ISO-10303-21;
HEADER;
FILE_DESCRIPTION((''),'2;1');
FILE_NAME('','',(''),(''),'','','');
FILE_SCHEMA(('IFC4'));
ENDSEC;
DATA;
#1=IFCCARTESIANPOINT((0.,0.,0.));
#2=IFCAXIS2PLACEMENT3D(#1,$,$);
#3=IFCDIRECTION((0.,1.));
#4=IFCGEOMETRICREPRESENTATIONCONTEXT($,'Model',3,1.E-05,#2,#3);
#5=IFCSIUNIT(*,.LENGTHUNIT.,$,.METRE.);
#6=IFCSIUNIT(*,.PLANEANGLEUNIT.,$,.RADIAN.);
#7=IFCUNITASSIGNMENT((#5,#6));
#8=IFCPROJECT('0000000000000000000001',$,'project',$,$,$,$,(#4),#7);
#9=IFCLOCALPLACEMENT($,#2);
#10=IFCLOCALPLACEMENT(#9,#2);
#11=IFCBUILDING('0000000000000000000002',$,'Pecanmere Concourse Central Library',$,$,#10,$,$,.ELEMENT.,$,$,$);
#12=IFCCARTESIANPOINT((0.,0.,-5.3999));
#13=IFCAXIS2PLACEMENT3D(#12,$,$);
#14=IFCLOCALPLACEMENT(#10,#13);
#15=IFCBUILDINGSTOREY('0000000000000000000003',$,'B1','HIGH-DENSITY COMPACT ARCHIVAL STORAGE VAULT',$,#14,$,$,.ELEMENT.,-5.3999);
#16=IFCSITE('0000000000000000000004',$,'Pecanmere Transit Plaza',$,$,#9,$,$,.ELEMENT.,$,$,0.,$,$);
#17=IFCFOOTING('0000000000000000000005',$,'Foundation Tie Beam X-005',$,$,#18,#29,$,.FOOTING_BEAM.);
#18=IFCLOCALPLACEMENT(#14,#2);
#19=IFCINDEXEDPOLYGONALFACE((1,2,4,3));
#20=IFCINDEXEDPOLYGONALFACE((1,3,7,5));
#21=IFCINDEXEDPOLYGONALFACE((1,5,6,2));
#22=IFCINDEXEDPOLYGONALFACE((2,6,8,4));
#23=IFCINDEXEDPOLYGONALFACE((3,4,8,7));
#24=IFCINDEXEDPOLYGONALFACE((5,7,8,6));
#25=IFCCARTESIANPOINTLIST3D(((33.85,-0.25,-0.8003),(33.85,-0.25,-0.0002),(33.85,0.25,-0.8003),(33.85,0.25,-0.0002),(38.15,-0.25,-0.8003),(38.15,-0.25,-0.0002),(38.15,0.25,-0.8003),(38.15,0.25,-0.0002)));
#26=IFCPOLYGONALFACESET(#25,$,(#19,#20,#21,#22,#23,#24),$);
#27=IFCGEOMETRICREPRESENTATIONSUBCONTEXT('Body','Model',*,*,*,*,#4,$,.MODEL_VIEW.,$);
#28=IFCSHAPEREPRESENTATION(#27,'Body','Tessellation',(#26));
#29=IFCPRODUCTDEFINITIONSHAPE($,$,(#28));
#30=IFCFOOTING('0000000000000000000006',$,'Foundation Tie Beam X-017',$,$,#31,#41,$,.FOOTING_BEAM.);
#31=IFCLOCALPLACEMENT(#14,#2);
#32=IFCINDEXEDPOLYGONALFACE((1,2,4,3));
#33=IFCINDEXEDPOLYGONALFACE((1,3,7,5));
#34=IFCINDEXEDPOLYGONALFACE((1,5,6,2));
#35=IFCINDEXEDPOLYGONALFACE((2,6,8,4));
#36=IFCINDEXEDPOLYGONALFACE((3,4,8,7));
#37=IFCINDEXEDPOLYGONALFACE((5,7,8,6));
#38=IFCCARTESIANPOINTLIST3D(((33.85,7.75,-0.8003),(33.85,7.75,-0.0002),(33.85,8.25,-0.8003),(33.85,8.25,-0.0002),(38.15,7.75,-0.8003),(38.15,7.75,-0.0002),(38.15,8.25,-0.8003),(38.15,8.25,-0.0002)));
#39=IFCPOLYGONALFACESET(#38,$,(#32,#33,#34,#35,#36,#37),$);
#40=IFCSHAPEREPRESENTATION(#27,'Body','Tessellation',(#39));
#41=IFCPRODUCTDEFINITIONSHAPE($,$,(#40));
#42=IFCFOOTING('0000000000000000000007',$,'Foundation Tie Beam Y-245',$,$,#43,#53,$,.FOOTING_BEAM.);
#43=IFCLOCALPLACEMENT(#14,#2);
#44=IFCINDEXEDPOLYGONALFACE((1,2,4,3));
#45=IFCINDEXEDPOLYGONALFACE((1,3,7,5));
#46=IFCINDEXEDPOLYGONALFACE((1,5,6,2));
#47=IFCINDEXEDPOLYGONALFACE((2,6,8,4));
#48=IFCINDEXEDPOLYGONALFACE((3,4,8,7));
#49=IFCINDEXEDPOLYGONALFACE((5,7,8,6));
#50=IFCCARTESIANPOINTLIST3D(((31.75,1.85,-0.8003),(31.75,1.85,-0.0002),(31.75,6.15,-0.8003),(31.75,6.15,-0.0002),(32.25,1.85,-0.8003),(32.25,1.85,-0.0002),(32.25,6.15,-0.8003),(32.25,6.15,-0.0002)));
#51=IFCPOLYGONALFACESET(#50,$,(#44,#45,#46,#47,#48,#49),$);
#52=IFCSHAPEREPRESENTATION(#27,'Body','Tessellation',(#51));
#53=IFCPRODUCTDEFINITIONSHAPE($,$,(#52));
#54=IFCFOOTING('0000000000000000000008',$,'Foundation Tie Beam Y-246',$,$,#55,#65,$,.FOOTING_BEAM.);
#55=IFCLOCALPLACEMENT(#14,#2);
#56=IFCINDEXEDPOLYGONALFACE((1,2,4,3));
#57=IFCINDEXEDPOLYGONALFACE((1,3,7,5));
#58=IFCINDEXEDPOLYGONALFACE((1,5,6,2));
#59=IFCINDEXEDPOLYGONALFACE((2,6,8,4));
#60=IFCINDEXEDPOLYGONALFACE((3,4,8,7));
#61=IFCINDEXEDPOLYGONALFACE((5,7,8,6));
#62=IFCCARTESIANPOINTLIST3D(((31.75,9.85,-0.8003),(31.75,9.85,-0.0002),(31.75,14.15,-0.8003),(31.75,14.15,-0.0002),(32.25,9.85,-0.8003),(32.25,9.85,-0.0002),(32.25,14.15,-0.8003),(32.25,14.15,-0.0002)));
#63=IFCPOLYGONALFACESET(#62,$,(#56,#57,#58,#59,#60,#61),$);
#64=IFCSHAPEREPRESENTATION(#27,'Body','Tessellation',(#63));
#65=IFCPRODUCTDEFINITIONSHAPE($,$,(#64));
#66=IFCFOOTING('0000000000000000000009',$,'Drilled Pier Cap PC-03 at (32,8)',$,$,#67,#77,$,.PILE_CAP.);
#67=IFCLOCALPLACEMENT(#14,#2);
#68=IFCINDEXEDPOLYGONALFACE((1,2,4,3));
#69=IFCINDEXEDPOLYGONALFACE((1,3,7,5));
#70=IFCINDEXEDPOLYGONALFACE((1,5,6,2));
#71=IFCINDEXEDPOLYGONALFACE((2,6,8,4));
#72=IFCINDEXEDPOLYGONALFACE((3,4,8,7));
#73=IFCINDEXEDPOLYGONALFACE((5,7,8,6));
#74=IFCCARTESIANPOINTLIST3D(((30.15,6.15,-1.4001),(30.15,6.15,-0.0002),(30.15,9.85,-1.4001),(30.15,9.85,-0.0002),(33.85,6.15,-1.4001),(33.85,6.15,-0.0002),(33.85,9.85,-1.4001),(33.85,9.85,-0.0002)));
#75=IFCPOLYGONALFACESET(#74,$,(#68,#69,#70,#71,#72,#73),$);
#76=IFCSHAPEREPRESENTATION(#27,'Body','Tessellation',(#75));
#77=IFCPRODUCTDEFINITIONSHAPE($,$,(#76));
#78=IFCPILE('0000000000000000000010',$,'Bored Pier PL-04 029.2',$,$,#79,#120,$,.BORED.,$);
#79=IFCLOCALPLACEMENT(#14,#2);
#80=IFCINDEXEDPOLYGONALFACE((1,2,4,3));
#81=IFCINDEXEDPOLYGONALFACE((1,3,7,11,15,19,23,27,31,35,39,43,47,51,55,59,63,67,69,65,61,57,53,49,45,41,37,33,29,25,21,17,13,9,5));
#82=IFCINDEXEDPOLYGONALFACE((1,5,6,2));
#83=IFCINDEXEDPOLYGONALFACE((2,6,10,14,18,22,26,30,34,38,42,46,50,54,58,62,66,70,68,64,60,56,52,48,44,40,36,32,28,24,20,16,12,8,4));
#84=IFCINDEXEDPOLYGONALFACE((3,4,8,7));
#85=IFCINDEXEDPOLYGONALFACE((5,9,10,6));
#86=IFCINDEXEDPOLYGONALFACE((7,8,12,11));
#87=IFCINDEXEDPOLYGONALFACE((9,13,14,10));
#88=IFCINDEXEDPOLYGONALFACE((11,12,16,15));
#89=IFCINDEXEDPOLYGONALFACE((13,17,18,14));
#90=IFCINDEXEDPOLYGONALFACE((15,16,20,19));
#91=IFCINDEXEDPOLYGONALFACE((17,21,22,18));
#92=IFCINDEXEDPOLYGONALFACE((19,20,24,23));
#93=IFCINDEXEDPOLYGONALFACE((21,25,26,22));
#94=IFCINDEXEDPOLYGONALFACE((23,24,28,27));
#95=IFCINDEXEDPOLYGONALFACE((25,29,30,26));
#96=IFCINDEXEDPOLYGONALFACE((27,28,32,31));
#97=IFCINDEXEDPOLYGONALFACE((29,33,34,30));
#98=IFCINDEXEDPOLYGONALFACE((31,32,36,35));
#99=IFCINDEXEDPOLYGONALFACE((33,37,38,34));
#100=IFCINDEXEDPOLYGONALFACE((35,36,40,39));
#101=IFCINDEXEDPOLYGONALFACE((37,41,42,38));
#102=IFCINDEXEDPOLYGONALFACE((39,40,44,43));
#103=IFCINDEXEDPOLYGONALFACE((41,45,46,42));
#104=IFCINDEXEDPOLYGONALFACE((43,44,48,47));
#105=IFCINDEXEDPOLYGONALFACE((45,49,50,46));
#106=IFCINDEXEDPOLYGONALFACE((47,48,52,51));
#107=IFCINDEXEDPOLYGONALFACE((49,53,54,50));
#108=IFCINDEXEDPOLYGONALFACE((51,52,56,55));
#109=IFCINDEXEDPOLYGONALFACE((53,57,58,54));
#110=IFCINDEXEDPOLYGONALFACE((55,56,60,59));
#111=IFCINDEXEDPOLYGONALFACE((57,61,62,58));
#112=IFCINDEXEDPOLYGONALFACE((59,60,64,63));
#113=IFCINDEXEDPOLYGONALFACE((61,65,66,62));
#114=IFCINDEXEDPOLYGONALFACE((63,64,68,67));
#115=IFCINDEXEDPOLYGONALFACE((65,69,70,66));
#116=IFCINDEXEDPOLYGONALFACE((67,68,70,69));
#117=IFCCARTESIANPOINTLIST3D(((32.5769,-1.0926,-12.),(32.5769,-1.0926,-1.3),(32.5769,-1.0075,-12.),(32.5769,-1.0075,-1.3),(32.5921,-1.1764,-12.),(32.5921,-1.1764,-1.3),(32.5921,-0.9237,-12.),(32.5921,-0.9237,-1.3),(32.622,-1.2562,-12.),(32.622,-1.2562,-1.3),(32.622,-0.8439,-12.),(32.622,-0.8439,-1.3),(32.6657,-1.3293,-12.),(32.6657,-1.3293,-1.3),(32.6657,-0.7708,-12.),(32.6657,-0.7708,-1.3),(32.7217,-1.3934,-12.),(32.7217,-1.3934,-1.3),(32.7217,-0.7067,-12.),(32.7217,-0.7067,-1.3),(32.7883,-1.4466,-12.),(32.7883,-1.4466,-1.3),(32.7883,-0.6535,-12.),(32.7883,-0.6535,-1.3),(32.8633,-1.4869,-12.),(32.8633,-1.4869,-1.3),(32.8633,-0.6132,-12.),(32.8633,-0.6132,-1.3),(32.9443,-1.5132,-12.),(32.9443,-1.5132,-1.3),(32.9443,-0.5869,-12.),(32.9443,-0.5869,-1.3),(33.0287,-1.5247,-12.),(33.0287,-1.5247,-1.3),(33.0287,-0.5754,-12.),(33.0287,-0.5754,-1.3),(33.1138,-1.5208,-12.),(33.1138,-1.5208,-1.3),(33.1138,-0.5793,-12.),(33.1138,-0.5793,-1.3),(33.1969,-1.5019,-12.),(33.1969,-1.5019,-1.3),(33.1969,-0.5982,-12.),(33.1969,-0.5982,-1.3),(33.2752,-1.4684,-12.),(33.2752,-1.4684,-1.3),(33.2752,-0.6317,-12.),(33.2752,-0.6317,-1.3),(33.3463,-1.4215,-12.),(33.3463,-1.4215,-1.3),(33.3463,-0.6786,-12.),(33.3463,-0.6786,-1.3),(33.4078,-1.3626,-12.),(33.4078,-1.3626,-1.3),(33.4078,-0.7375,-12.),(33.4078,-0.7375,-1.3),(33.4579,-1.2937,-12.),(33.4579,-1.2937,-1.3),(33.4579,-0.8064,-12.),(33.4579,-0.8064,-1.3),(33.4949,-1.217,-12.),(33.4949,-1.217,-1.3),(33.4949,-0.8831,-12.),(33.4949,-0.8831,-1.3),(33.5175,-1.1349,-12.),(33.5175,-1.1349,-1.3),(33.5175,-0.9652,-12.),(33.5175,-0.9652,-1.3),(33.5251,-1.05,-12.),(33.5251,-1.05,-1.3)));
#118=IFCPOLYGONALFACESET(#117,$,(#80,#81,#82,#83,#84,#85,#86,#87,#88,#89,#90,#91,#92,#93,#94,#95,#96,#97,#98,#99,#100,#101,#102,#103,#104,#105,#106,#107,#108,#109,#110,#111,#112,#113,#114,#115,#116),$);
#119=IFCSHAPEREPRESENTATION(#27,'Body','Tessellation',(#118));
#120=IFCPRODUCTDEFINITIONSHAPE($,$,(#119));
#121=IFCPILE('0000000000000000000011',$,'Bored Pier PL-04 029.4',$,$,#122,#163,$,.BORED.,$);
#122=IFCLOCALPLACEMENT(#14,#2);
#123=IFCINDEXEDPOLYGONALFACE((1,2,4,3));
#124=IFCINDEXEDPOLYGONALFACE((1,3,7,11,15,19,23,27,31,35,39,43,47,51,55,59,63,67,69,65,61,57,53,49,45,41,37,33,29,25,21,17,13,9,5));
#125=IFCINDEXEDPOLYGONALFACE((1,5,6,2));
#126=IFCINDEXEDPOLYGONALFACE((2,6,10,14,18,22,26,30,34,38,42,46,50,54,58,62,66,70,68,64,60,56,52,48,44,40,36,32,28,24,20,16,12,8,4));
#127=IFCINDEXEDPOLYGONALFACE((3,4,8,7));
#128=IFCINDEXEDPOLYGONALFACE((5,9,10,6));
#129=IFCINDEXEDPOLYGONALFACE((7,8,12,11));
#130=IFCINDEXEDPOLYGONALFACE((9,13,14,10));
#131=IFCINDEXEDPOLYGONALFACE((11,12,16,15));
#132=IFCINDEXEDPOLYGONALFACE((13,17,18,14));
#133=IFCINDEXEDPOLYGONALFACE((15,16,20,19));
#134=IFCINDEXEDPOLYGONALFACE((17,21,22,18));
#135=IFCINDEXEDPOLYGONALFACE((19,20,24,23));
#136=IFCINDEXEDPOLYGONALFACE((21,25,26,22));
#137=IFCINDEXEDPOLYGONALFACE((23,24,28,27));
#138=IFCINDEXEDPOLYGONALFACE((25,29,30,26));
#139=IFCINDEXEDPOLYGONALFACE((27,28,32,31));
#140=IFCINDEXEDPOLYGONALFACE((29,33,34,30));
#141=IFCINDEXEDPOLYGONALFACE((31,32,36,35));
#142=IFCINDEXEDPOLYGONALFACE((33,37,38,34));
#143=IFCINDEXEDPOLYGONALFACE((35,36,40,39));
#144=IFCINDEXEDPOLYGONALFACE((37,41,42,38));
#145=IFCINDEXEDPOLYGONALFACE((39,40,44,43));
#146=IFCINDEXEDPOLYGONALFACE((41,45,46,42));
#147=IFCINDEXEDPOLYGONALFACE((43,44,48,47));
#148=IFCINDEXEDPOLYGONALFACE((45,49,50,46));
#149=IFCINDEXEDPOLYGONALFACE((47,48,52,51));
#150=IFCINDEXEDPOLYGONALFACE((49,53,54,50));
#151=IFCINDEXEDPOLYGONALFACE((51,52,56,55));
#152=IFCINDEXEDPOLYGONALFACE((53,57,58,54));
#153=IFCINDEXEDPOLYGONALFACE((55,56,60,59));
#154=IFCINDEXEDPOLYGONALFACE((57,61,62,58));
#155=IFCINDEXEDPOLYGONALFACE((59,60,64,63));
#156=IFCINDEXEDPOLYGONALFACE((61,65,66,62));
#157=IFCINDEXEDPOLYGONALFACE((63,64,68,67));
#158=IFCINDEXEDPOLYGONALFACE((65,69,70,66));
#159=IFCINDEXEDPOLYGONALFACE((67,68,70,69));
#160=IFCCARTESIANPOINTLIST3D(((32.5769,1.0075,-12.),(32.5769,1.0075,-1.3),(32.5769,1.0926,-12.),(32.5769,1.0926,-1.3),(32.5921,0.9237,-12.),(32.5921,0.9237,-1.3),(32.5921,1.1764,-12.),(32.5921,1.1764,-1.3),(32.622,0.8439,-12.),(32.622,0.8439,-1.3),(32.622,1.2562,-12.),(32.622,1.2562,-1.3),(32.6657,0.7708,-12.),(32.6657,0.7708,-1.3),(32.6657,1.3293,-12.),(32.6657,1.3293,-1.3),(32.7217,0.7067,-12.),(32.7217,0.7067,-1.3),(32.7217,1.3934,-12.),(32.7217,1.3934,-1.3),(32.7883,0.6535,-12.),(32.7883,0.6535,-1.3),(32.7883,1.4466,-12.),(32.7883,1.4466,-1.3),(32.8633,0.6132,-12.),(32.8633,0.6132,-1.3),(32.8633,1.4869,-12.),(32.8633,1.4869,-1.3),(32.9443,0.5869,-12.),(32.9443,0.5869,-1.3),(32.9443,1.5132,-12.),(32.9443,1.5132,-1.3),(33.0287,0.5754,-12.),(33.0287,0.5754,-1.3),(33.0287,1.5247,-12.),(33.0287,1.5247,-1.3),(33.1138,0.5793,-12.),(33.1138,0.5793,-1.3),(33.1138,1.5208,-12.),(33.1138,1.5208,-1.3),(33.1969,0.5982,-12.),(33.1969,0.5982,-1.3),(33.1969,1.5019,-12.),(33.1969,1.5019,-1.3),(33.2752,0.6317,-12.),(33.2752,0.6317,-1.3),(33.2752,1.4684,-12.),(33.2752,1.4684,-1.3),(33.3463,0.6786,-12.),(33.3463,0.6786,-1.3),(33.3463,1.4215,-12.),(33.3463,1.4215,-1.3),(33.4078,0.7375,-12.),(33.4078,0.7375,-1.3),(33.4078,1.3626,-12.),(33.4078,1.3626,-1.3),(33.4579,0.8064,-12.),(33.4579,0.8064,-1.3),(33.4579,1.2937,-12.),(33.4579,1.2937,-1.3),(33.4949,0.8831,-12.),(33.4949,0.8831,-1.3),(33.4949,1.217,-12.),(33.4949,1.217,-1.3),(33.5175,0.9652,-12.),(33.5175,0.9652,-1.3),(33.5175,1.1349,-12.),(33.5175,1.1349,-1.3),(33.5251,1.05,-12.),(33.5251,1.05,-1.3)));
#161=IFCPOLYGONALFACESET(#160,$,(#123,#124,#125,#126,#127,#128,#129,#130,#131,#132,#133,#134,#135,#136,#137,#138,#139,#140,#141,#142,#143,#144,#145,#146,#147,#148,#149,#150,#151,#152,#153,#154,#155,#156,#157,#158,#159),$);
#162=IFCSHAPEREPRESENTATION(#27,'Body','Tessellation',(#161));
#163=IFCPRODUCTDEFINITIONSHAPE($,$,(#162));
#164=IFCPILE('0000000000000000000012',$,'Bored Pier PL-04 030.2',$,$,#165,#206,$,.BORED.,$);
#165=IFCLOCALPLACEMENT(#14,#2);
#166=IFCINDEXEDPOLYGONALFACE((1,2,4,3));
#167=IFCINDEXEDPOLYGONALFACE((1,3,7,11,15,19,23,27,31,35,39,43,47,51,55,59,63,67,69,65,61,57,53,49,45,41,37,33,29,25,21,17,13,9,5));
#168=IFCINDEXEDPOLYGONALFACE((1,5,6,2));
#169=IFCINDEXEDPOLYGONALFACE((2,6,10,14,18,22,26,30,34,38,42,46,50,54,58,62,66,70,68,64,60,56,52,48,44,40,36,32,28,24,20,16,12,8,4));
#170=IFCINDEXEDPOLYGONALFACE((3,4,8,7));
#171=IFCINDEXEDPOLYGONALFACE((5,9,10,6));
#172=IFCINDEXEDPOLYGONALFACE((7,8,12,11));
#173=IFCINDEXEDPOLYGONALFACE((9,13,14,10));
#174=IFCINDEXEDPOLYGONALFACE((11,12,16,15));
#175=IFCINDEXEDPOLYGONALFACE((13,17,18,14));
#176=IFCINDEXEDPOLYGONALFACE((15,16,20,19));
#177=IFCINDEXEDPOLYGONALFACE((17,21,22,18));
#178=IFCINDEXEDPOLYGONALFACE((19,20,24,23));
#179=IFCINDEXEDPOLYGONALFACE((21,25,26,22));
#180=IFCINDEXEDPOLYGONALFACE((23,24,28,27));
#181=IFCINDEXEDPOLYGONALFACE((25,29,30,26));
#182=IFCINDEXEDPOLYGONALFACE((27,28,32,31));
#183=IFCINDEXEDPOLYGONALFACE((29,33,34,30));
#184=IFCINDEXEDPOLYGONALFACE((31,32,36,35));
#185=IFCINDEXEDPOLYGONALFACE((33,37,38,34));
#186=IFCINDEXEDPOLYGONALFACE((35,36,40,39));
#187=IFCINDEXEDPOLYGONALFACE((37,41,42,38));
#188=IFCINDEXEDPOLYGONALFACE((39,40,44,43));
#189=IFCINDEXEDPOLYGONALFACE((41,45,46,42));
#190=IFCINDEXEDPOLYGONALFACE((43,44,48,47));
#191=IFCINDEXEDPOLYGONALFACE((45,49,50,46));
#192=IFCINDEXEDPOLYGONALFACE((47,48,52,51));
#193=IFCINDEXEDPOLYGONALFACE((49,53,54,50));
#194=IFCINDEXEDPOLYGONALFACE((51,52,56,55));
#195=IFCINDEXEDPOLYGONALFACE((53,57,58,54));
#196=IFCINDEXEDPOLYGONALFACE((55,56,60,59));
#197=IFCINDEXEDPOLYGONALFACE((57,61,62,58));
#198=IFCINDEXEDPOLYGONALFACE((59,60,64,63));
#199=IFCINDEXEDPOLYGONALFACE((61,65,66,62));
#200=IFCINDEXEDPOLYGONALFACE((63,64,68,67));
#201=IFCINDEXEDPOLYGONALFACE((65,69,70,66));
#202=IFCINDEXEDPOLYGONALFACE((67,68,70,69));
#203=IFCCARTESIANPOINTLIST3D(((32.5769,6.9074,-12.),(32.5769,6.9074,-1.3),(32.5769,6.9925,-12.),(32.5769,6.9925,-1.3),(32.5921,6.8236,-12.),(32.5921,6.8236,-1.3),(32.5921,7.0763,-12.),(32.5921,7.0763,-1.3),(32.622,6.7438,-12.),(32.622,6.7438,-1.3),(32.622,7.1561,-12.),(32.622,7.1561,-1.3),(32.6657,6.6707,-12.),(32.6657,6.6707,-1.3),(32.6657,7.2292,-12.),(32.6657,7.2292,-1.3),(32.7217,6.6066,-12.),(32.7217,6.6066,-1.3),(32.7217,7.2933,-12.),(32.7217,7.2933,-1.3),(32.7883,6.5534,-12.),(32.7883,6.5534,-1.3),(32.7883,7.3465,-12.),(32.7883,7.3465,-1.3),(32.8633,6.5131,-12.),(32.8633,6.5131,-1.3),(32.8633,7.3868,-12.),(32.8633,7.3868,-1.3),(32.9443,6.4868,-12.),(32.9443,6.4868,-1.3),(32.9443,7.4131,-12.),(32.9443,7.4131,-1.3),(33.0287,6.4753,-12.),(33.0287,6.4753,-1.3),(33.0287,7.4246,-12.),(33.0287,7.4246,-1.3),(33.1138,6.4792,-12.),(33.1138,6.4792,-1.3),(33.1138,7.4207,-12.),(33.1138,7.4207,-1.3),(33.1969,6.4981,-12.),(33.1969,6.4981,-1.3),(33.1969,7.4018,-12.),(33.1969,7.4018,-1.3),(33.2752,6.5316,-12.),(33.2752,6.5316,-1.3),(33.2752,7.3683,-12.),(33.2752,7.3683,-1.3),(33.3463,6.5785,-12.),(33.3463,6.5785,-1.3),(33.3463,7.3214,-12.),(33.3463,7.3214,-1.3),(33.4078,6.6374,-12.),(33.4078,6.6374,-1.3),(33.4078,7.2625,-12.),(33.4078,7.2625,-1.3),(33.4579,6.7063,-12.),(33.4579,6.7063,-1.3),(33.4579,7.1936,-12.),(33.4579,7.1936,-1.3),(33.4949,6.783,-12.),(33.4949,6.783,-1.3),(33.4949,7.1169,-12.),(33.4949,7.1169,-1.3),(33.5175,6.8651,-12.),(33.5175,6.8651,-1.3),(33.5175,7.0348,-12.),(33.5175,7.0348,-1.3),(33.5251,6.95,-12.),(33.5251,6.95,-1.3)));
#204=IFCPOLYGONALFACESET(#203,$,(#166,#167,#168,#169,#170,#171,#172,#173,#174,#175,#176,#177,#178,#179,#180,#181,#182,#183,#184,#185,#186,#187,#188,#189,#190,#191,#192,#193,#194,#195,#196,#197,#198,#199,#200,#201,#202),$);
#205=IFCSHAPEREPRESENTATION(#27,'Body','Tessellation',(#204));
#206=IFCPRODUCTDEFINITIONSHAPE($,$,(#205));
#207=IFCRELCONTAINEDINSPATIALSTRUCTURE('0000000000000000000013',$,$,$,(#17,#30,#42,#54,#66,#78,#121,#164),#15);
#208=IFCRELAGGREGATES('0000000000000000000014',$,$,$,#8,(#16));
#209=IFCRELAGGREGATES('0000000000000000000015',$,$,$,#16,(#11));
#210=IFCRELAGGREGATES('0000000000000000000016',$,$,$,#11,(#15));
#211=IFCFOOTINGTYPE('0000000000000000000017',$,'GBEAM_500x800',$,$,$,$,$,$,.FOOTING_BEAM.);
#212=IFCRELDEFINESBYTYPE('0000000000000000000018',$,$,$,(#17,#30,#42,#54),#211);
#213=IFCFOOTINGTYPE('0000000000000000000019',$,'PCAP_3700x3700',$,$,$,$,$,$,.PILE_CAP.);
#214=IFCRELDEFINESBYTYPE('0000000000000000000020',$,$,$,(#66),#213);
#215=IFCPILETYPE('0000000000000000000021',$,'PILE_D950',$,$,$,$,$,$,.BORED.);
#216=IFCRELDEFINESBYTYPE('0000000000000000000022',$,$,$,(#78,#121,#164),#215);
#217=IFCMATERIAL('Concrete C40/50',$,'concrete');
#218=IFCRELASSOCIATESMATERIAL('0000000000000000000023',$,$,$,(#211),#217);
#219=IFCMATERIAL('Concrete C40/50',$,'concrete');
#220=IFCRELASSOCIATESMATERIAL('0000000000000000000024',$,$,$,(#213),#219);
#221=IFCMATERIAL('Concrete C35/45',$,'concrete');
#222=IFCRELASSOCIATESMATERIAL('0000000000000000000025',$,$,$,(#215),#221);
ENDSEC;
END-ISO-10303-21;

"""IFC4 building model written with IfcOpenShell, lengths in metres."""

from ifc_helpers import new_model, si_unit, direction, frame, origin, origin_2d, place, context, subcontext, project, spatial, rectangle, circle, extrude, material, material_profile, profile_set, type_object, element, save


model = new_model("IFC4")

# Units and contexts
model_context = context("Model", 3, precision=1e-05, world=origin(), true_north=direction((0.0, 1.0)))
body_context = subcontext(model_context, "Body", "Model", "MODEL_VIEW")
ifc_project = project(units=[si_unit("LENGTHUNIT", "METRE"), si_unit("PLANEANGLEUNIT", "RADIAN")], contexts=[model_context])

# Site, building, storey
site_placement = place(None, origin())
site = spatial("IfcSite", under=ifc_project, at=site_placement, Name="Pecanmere Transit Plaza", CompositionType="ELEMENT", RefElevation=0.0)
building_placement = place(site_placement, origin())
building = spatial("IfcBuilding", under=site, at=building_placement, Name="Pecanmere Concourse Central Library", CompositionType="ELEMENT")
storey_placement = place(building_placement, frame((0.0, 0.0, -5.3999)))
storey = spatial("IfcBuildingStorey", under=building, at=storey_placement, Name="B1", Description="HIGH-DENSITY COMPACT ARCHIVAL STORAGE VAULT", CompositionType="ELEMENT", Elevation=-5.3999)

# Footings
ifc_material_1 = material(Name="Concrete C40/50", Category="concrete")
ifc_material_profile_1 = material_profile(ifc_material_1, rectangle(XDim=0.5, YDim=0.8, at=origin_2d()), Name="RC 500x800")
ifc_profile_set_1 = profile_set([ifc_material_profile_1], Name="Concrete C40/50")
footing_type_1 = type_object("IfcFootingType", Name="GBEAM_500x800", PredefinedType="FOOTING_BEAM", material=ifc_profile_set_1)
for number, where, z_axis, x_axis, name in (
    (1, (36.0, 0.0, -0.8003), (0.0, 0.0, 1.0), (1.0, 0.0, 0.0), "Foundation Tie Beam X-005"),
    (2, (36.0, 8.0, -0.8003), (0.0, 0.0, 1.0), (1.0, 0.0, 0.0), "Foundation Tie Beam X-017"),
    (3, (32.0, 4.0, -0.8003), (0.0, 0.0, 1.0), (0.0, 1.0, 0.0), "Foundation Tie Beam Y-245"),
    (4, (32.0, 12.0, -0.8003), (0.0, 0.0, 1.0), (0.0, 1.0, 0.0), "Foundation Tie Beam Y-246"),
):
    element("IfcFooting", number, at=place(storey_placement, frame(where, z_axis=z_axis, x_axis=x_axis)), inside=storey, type_object=footing_type_1, Name=name, PredefinedType="FOOTING_BEAM", context=body_context, shape_type="SweptSolid", body=[
        extrude(rectangle(XDim=4.3, YDim=0.5, at=origin_2d()), origin(), (0.0, 0.0, 1.0), 0.8),
    ])
ifc_material_2 = material(Name="Concrete C40/50", Category="concrete")
footing_type_2 = type_object("IfcFootingType", Name="PCAP_3700x3700", PredefinedType="PILE_CAP", material=ifc_material_2)
footing_placement = place(storey_placement, frame((32.0, 8.0, -1.4001), z_axis=(0.0, 0.0, 1.0), x_axis=(1.0, 0.0, 0.0)))
element("IfcFooting", 5, at=footing_placement, inside=storey, type_object=footing_type_2, Name="Drilled Pier Cap PC-03 at (32,8)", PredefinedType="PILE_CAP", context=body_context, shape_type="SweptSolid", body=[
    extrude(rectangle(XDim=3.7, YDim=3.7, at=origin_2d()), origin(), (0.0, 0.0, 1.0), 1.3999),
])

# Piles
ifc_material_3 = material(Name="Concrete C35/45", Category="concrete")
ifc_material_profile_2 = material_profile(ifc_material_3, circle(Radius=0.4751, at=origin_2d()), Name="PIER D950")
ifc_profile_set_2 = profile_set([ifc_material_profile_2], Name="Concrete C35/45")
pile_type = type_object("IfcPileType", Name="PILE_D950", PredefinedType="BORED", material=ifc_profile_set_2)
for number, where, z_axis, x_axis, name in (
    (6, (33.05, -1.05, -1.3), (0.0, 0.0, -1.0), (1.0, 0.0, 0.0), "Bored Pier PL-04 029.2"),
    (7, (33.05, 1.05, -1.3), (0.0, 0.0, -1.0), (1.0, 0.0, 0.0), "Bored Pier PL-04 029.4"),
    (8, (33.05, 6.95, -1.3), (0.0, 0.0, -1.0), (1.0, 0.0, 0.0), "Bored Pier PL-04 030.2"),
):
    element("IfcPile", number, at=place(storey_placement, frame(where, z_axis=z_axis, x_axis=x_axis)), inside=storey, type_object=pile_type, Name=name, PredefinedType="BORED", context=body_context, shape_type="SweptSolid", body=[
        extrude(circle(Radius=0.4751, at=origin_2d()), origin(), (0.0, 0.0, 1.0), 10.7),
    ])

save(model, "model.ifc")
